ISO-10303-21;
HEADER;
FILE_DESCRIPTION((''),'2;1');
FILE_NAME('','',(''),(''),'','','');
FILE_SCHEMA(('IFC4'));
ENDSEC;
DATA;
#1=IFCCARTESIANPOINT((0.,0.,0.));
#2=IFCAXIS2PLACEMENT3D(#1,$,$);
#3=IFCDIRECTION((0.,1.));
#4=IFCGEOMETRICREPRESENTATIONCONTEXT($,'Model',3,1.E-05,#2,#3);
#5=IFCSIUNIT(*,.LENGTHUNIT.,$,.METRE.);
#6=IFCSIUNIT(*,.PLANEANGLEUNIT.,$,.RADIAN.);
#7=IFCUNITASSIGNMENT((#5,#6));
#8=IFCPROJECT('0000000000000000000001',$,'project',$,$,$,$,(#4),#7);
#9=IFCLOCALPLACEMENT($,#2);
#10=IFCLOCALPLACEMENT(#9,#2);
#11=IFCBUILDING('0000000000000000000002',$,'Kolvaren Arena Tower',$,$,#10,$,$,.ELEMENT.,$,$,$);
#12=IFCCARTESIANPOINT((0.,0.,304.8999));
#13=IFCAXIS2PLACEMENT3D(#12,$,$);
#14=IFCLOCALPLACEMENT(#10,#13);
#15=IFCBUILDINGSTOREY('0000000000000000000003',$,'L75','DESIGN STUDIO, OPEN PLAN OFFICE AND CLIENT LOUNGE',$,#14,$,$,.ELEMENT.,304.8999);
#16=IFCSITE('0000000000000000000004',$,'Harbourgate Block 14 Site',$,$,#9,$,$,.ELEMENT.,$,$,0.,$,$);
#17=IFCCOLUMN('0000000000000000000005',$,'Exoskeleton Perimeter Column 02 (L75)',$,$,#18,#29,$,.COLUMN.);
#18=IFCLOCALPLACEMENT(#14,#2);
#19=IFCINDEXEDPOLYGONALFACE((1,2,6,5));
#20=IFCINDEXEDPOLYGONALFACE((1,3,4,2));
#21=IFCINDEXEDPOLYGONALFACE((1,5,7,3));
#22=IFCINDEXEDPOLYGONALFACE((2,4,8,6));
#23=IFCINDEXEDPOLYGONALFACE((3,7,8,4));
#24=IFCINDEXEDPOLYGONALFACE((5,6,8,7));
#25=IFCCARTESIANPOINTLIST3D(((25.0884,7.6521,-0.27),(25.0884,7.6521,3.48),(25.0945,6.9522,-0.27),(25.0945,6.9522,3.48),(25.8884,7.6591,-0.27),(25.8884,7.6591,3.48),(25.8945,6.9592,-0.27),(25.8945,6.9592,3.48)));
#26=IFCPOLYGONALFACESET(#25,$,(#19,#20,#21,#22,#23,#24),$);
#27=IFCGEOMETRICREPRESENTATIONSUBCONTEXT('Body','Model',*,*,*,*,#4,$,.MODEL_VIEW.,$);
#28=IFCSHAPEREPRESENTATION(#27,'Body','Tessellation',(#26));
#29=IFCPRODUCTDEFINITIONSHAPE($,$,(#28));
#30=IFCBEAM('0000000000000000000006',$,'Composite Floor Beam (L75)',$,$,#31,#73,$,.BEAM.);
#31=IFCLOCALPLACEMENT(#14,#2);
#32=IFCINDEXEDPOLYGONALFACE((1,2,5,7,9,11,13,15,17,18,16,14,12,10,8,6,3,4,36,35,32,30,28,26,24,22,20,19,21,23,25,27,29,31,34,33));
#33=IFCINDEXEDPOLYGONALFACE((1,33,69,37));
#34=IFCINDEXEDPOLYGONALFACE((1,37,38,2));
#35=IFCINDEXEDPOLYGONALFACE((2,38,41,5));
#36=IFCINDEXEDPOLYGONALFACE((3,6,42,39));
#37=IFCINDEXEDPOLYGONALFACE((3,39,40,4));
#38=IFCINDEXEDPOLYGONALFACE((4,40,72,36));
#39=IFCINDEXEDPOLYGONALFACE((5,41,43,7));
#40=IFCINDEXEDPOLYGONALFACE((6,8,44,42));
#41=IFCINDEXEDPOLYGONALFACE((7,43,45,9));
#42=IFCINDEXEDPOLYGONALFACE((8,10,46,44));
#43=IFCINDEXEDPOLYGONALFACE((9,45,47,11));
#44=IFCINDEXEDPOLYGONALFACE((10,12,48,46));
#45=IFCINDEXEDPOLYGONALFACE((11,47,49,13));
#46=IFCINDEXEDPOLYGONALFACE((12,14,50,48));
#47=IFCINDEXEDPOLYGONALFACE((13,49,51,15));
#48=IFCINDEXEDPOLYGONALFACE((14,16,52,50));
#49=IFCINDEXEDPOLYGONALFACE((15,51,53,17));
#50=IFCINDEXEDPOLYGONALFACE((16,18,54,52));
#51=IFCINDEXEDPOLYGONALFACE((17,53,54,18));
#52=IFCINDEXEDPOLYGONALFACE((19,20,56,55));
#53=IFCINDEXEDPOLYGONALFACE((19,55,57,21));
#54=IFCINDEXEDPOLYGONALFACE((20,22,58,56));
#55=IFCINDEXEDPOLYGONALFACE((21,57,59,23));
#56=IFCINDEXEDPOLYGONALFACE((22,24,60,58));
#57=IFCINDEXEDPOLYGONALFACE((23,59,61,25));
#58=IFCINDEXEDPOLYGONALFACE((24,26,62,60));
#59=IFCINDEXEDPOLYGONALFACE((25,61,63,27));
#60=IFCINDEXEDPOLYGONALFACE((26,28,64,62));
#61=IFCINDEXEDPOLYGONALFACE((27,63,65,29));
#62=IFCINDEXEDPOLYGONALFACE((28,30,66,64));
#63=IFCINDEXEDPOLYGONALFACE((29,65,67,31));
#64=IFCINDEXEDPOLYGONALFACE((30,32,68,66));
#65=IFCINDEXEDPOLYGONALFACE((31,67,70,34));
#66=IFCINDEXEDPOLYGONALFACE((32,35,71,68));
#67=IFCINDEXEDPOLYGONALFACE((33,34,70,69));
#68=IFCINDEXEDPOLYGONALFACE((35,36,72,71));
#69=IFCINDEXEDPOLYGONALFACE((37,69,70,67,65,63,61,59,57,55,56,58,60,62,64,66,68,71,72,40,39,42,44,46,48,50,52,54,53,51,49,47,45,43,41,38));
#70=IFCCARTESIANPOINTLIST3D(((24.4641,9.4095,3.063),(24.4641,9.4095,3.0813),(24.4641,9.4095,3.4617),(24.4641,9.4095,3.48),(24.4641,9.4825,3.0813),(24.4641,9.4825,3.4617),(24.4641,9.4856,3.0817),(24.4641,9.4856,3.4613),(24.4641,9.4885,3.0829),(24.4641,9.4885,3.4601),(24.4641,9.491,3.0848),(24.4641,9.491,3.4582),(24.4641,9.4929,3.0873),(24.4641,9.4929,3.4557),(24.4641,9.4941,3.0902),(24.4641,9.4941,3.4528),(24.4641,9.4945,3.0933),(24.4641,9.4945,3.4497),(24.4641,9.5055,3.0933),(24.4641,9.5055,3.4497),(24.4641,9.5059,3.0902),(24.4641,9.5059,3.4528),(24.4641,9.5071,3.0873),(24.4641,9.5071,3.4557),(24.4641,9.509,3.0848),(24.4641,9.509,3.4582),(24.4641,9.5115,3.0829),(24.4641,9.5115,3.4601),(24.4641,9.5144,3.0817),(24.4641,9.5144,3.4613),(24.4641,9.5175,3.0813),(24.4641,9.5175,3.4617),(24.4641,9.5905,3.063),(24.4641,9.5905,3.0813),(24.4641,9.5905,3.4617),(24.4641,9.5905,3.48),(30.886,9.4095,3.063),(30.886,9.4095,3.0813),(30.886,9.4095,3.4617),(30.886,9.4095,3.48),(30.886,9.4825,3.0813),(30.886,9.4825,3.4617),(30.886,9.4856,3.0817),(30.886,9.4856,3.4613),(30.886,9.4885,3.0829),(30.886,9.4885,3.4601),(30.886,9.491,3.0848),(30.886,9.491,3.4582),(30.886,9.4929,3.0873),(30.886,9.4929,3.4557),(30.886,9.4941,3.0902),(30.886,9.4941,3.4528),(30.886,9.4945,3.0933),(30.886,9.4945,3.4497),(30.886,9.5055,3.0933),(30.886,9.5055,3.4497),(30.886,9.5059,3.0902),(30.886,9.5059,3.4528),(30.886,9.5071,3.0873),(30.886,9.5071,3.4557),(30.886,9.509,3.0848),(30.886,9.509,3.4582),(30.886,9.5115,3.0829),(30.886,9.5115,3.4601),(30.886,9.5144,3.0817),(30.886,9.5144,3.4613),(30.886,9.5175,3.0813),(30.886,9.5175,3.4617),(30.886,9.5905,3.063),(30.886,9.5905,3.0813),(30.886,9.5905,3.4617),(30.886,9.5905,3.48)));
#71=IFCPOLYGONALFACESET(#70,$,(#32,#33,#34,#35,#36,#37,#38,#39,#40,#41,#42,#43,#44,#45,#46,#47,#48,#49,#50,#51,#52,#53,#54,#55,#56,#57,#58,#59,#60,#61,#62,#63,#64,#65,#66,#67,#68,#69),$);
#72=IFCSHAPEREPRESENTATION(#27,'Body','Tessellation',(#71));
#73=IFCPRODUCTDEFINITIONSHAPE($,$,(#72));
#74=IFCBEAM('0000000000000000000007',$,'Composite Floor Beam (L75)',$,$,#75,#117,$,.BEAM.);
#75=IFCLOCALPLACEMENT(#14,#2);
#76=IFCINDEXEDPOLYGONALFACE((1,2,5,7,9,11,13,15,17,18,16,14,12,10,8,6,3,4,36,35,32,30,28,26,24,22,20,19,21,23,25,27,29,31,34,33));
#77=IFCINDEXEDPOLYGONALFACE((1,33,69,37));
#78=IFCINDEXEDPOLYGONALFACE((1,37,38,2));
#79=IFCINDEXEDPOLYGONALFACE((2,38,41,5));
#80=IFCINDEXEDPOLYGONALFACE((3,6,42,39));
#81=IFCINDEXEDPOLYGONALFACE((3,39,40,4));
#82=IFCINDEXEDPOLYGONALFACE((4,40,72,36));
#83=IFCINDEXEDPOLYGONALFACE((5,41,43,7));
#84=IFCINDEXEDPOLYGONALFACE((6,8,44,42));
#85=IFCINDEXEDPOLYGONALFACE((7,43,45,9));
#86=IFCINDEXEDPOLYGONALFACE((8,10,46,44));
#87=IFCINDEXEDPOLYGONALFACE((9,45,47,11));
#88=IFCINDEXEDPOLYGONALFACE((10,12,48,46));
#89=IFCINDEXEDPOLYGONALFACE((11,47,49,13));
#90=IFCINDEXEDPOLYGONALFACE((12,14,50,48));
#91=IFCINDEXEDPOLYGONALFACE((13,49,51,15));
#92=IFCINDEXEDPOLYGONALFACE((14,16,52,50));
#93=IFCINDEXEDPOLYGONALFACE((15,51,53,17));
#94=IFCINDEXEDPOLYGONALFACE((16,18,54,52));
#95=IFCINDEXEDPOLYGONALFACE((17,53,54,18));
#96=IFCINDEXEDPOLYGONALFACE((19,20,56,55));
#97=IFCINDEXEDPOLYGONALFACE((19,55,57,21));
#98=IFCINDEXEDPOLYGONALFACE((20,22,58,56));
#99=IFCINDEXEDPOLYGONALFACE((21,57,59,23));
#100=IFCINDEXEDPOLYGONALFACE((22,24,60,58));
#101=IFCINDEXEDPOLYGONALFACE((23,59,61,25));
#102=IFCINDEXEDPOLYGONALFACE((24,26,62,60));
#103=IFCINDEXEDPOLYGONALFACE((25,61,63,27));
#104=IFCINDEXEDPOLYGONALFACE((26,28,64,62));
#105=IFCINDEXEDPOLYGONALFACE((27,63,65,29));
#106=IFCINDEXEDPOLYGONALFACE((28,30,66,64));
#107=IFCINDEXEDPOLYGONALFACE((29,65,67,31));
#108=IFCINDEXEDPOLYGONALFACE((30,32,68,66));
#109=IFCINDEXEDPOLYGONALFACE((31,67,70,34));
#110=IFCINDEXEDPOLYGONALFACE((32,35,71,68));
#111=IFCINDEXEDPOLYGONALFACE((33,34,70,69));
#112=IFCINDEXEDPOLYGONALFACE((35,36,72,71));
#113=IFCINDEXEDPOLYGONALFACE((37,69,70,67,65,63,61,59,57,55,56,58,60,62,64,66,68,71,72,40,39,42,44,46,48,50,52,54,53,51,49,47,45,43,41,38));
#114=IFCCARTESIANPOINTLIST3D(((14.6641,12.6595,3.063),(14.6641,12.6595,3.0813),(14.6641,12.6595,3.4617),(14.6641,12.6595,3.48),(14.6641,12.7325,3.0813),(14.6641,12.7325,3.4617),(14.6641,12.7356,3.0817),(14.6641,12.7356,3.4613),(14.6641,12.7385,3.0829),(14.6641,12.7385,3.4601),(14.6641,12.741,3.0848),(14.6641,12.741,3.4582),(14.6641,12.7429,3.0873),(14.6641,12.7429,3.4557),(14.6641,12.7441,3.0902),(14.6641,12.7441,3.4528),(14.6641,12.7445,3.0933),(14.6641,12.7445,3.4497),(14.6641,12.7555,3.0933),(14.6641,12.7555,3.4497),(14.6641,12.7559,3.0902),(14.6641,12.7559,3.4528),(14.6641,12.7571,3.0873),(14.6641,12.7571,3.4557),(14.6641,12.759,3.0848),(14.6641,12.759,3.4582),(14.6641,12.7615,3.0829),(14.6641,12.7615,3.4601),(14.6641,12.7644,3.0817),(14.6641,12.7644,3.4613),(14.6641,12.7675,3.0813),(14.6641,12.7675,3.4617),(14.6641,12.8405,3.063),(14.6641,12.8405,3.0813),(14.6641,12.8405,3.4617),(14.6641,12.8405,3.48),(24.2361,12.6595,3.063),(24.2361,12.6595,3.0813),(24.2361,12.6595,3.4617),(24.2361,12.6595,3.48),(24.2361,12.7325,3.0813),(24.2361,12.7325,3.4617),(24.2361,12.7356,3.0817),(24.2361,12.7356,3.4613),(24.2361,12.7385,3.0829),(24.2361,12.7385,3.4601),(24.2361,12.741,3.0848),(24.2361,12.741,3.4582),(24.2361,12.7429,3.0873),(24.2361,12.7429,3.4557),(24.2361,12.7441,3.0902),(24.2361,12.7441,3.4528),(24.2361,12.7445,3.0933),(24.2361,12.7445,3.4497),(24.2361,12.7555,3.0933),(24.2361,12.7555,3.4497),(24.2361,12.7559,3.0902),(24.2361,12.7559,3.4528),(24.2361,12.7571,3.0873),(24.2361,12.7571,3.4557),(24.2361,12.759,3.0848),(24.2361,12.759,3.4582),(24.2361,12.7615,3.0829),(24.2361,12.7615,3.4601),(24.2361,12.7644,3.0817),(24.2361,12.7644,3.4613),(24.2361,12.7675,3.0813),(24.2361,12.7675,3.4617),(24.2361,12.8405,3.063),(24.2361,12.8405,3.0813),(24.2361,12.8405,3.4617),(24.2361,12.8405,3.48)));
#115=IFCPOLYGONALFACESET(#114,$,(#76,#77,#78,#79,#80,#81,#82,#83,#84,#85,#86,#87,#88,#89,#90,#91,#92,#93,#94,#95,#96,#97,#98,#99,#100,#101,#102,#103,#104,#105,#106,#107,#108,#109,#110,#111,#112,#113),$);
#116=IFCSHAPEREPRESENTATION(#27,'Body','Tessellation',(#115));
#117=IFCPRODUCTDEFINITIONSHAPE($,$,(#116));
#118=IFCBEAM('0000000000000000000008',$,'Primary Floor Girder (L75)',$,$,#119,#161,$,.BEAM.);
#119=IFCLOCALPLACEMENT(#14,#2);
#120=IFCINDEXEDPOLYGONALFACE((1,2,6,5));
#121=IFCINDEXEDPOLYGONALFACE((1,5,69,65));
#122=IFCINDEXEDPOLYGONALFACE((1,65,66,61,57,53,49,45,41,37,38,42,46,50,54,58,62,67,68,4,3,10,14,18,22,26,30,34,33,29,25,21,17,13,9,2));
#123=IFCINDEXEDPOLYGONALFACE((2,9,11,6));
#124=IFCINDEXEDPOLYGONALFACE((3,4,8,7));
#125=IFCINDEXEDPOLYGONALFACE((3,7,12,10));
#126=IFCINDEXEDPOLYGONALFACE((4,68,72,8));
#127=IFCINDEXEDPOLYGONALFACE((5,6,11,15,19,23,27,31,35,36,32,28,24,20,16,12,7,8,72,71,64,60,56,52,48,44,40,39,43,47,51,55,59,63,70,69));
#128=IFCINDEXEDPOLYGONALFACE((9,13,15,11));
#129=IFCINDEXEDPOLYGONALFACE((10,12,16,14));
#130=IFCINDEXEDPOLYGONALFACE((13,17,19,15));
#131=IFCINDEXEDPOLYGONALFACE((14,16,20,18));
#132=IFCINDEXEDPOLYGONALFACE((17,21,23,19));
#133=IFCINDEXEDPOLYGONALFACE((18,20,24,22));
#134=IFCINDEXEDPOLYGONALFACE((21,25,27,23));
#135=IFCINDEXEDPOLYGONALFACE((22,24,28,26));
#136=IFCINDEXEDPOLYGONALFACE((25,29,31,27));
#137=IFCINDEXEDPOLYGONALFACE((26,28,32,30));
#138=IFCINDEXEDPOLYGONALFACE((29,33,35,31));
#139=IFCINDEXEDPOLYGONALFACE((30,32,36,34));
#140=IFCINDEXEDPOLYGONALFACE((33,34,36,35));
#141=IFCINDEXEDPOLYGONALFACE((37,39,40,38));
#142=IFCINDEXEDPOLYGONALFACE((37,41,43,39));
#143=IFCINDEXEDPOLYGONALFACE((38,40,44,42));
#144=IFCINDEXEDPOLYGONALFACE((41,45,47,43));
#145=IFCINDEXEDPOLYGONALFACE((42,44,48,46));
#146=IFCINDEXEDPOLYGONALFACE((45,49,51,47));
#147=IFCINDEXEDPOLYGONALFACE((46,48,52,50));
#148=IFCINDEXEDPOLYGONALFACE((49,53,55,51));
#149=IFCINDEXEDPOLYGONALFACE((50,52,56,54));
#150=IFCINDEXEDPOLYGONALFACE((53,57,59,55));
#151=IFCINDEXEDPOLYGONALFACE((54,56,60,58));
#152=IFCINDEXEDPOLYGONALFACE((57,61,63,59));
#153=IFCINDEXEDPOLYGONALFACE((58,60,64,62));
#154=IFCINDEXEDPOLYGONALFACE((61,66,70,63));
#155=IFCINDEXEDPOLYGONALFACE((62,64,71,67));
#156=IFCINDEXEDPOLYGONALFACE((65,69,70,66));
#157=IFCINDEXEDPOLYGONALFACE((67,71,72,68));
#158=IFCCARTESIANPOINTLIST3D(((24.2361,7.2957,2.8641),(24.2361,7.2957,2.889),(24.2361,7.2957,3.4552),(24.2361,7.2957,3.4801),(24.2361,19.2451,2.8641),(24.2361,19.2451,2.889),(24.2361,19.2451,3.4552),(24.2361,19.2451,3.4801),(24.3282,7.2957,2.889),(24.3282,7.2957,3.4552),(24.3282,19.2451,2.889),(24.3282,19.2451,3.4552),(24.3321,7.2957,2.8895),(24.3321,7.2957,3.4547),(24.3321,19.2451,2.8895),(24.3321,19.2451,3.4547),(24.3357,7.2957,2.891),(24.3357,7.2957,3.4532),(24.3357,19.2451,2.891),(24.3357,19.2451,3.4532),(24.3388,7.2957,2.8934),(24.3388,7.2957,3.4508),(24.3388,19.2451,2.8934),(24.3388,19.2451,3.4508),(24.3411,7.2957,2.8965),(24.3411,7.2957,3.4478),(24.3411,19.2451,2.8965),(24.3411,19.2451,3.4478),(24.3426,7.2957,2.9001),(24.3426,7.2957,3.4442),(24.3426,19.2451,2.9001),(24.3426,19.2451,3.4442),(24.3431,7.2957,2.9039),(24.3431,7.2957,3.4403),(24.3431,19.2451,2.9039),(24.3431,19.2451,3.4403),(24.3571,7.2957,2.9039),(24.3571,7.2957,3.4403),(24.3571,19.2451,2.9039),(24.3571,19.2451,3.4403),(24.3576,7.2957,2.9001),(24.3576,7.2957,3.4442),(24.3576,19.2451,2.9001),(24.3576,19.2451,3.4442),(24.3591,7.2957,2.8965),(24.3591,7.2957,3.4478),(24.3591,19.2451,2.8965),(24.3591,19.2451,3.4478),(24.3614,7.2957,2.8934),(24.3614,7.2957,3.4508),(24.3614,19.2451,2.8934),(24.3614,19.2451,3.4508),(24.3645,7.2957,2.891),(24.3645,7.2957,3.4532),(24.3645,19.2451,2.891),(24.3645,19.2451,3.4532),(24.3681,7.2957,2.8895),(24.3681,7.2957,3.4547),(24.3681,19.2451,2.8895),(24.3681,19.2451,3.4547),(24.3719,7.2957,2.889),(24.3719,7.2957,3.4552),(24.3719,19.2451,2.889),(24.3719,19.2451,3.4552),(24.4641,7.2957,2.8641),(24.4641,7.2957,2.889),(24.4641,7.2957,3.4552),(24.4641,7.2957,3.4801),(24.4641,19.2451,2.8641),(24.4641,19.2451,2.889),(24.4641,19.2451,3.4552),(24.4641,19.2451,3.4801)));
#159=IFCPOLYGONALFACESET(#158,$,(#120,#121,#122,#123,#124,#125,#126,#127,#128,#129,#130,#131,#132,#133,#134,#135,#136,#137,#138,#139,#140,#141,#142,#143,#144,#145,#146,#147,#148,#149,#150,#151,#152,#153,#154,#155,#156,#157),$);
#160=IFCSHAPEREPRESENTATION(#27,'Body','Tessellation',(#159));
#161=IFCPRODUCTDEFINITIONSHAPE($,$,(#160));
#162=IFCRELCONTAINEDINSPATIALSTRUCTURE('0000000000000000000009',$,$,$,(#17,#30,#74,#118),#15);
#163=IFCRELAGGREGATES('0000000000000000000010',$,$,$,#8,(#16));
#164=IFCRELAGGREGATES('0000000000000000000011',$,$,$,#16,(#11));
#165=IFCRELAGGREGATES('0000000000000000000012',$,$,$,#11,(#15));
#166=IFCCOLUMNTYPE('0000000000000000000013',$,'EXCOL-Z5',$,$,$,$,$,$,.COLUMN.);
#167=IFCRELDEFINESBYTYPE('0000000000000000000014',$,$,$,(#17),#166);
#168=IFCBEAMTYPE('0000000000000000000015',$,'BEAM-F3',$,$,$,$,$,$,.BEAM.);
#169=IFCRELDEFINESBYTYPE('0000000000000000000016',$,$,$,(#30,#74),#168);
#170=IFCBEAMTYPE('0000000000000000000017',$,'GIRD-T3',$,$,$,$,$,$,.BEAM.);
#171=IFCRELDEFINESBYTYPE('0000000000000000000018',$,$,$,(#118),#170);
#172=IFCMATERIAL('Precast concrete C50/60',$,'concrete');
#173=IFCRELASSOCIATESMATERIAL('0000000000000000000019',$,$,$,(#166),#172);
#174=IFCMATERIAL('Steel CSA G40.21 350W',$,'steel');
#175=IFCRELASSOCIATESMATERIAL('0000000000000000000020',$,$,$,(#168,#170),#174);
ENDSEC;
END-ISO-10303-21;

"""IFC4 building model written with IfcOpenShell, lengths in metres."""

from ifc_helpers import new_model, si_unit, direction, frame, origin, origin_2d, place, context, subcontext, project, spatial, rectangle, i_section, extrude, material, material_profile, profile_set, type_object, element, save


model = new_model("IFC4")

# Units and contexts
model_context = context("Model", 3, precision=1e-05, world=origin(), true_north=direction((0.0, 1.0)))
body_context = subcontext(model_context, "Body", "Model", "MODEL_VIEW")
ifc_project = project(units=[si_unit("LENGTHUNIT", "METRE"), si_unit("PLANEANGLEUNIT", "RADIAN")], contexts=[model_context])

# Site, building, storey
site_placement = place(None, origin())
site = spatial("IfcSite", under=ifc_project, at=site_placement, Name="Harbourgate Block 14 Site", CompositionType="ELEMENT", RefElevation=0.0)
building_placement = place(site_placement, origin())
building = spatial("IfcBuilding", under=site, at=building_placement, Name="Kolvaren Arena Tower", CompositionType="ELEMENT")
storey_placement = place(building_placement, frame((0.0, 0.0, 304.8999)))
storey = spatial("IfcBuildingStorey", under=building, at=storey_placement, Name="L75", Description="DESIGN STUDIO, OPEN PLAN OFFICE AND CLIENT LOUNGE", CompositionType="ELEMENT", Elevation=304.8999)

# Column
ifc_material_1 = material(Name="Precast concrete C50/60", Category="concrete")
ifc_material_profile_1 = material_profile(ifc_material_1, rectangle(XDim=0.8, YDim=0.7, at=origin_2d()), Name="RC-800x700")
ifc_profile_set_1 = profile_set([ifc_material_profile_1], Name="Precast concrete C50/60")
column_type = type_object("IfcColumnType", Name="EXCOL-Z5", PredefinedType="COLUMN", material=ifc_profile_set_1)
column_placement = place(storey_placement, frame((25.4915, 7.3057, -0.27), z_axis=(0.0, 0.0, 1.0), x_axis=(0.999962, 0.008727, 0.0)))
element("IfcColumn", 1, at=column_placement, inside=storey, type_object=column_type, Name="Exoskeleton Perimeter Column 02 (L75)", PredefinedType="COLUMN", context=body_context, shape_type="SweptSolid", body=[
    extrude(rectangle(XDim=0.8, YDim=0.7, at=origin_2d()), origin(), (0.0, 0.0, 1.0), 3.75),
])

# Beams
ifc_material_2 = material(Name="Steel CSA G40.21 350W", Category="steel")
ifc_material_profile_2 = material_profile(ifc_material_2, i_section(OverallWidth=0.1809, OverallDepth=0.417, WebThickness=0.011, FlangeThickness=0.0183, FilletRadius=0.012, at=origin_2d()), Name="W410x85")
ifc_profile_set_2 = profile_set([ifc_material_profile_2], Name="Steel CSA G40.21 350W")
beam_type_1 = type_object("IfcBeamType", Name="BEAM-F3", PredefinedType="BEAM", material=ifc_profile_set_2)
beam_1_placement = place(storey_placement, frame((24.4641, 9.5, 3.2715), z_axis=(1.0, 0.0, 0.0), x_axis=(0.0, 1.0, 0.0)))
element("IfcBeam", 2, at=beam_1_placement, inside=storey, type_object=beam_type_1, Name="Composite Floor Beam (L75)", PredefinedType="BEAM", context=body_context, shape_type="SweptSolid", body=[
    extrude(i_section(OverallWidth=0.1809, OverallDepth=0.417, WebThickness=0.011, FlangeThickness=0.0183, FilletRadius=0.012, at=origin_2d()), origin(), (0.0, 0.0, 1.0), 6.4219),
])
beam_2_placement = place(storey_placement, frame((14.6641, 12.75, 3.2715), z_axis=(1.0, 0.0, 0.0), x_axis=(0.0, 1.0, 0.0)))
element("IfcBeam", 3, at=beam_2_placement, inside=storey, type_object=beam_type_1, Name="Composite Floor Beam (L75)", PredefinedType="BEAM", context=body_context, shape_type="SweptSolid", body=[
    extrude(i_section(OverallWidth=0.1809, OverallDepth=0.417, WebThickness=0.011, FlangeThickness=0.0183, FilletRadius=0.012, at=origin_2d()), origin(), (0.0, 0.0, 1.0), 9.572),
])
ifc_material_profile_3 = material_profile(ifc_material_2, i_section(OverallWidth=0.228, OverallDepth=0.616, WebThickness=0.0139, FlangeThickness=0.0249, FilletRadius=0.0149, at=origin_2d()), Name="W610x174")
ifc_profile_set_3 = profile_set([ifc_material_profile_3], Name="Steel CSA G40.21 350W")
beam_type_2 = type_object("IfcBeamType", Name="GIRD-T3", PredefinedType="BEAM", material=ifc_profile_set_3)
beam_3_placement = place(storey_placement, frame((24.3501, 7.2957, 3.1721), z_axis=(0.0, 1.0, 0.0), x_axis=(-1.0, 0.0, 0.0)))
element("IfcBeam", 4, at=beam_3_placement, inside=storey, type_object=beam_type_2, Name="Primary Floor Girder (L75)", PredefinedType="BEAM", context=body_context, shape_type="SweptSolid", body=[
    extrude(i_section(OverallWidth=0.228, OverallDepth=0.616, WebThickness=0.0139, FlangeThickness=0.0249, FilletRadius=0.0149, at=origin_2d()), origin(), (0.0, 0.0, 1.0), 11.9495),
])

save(model, "model.ifc")
